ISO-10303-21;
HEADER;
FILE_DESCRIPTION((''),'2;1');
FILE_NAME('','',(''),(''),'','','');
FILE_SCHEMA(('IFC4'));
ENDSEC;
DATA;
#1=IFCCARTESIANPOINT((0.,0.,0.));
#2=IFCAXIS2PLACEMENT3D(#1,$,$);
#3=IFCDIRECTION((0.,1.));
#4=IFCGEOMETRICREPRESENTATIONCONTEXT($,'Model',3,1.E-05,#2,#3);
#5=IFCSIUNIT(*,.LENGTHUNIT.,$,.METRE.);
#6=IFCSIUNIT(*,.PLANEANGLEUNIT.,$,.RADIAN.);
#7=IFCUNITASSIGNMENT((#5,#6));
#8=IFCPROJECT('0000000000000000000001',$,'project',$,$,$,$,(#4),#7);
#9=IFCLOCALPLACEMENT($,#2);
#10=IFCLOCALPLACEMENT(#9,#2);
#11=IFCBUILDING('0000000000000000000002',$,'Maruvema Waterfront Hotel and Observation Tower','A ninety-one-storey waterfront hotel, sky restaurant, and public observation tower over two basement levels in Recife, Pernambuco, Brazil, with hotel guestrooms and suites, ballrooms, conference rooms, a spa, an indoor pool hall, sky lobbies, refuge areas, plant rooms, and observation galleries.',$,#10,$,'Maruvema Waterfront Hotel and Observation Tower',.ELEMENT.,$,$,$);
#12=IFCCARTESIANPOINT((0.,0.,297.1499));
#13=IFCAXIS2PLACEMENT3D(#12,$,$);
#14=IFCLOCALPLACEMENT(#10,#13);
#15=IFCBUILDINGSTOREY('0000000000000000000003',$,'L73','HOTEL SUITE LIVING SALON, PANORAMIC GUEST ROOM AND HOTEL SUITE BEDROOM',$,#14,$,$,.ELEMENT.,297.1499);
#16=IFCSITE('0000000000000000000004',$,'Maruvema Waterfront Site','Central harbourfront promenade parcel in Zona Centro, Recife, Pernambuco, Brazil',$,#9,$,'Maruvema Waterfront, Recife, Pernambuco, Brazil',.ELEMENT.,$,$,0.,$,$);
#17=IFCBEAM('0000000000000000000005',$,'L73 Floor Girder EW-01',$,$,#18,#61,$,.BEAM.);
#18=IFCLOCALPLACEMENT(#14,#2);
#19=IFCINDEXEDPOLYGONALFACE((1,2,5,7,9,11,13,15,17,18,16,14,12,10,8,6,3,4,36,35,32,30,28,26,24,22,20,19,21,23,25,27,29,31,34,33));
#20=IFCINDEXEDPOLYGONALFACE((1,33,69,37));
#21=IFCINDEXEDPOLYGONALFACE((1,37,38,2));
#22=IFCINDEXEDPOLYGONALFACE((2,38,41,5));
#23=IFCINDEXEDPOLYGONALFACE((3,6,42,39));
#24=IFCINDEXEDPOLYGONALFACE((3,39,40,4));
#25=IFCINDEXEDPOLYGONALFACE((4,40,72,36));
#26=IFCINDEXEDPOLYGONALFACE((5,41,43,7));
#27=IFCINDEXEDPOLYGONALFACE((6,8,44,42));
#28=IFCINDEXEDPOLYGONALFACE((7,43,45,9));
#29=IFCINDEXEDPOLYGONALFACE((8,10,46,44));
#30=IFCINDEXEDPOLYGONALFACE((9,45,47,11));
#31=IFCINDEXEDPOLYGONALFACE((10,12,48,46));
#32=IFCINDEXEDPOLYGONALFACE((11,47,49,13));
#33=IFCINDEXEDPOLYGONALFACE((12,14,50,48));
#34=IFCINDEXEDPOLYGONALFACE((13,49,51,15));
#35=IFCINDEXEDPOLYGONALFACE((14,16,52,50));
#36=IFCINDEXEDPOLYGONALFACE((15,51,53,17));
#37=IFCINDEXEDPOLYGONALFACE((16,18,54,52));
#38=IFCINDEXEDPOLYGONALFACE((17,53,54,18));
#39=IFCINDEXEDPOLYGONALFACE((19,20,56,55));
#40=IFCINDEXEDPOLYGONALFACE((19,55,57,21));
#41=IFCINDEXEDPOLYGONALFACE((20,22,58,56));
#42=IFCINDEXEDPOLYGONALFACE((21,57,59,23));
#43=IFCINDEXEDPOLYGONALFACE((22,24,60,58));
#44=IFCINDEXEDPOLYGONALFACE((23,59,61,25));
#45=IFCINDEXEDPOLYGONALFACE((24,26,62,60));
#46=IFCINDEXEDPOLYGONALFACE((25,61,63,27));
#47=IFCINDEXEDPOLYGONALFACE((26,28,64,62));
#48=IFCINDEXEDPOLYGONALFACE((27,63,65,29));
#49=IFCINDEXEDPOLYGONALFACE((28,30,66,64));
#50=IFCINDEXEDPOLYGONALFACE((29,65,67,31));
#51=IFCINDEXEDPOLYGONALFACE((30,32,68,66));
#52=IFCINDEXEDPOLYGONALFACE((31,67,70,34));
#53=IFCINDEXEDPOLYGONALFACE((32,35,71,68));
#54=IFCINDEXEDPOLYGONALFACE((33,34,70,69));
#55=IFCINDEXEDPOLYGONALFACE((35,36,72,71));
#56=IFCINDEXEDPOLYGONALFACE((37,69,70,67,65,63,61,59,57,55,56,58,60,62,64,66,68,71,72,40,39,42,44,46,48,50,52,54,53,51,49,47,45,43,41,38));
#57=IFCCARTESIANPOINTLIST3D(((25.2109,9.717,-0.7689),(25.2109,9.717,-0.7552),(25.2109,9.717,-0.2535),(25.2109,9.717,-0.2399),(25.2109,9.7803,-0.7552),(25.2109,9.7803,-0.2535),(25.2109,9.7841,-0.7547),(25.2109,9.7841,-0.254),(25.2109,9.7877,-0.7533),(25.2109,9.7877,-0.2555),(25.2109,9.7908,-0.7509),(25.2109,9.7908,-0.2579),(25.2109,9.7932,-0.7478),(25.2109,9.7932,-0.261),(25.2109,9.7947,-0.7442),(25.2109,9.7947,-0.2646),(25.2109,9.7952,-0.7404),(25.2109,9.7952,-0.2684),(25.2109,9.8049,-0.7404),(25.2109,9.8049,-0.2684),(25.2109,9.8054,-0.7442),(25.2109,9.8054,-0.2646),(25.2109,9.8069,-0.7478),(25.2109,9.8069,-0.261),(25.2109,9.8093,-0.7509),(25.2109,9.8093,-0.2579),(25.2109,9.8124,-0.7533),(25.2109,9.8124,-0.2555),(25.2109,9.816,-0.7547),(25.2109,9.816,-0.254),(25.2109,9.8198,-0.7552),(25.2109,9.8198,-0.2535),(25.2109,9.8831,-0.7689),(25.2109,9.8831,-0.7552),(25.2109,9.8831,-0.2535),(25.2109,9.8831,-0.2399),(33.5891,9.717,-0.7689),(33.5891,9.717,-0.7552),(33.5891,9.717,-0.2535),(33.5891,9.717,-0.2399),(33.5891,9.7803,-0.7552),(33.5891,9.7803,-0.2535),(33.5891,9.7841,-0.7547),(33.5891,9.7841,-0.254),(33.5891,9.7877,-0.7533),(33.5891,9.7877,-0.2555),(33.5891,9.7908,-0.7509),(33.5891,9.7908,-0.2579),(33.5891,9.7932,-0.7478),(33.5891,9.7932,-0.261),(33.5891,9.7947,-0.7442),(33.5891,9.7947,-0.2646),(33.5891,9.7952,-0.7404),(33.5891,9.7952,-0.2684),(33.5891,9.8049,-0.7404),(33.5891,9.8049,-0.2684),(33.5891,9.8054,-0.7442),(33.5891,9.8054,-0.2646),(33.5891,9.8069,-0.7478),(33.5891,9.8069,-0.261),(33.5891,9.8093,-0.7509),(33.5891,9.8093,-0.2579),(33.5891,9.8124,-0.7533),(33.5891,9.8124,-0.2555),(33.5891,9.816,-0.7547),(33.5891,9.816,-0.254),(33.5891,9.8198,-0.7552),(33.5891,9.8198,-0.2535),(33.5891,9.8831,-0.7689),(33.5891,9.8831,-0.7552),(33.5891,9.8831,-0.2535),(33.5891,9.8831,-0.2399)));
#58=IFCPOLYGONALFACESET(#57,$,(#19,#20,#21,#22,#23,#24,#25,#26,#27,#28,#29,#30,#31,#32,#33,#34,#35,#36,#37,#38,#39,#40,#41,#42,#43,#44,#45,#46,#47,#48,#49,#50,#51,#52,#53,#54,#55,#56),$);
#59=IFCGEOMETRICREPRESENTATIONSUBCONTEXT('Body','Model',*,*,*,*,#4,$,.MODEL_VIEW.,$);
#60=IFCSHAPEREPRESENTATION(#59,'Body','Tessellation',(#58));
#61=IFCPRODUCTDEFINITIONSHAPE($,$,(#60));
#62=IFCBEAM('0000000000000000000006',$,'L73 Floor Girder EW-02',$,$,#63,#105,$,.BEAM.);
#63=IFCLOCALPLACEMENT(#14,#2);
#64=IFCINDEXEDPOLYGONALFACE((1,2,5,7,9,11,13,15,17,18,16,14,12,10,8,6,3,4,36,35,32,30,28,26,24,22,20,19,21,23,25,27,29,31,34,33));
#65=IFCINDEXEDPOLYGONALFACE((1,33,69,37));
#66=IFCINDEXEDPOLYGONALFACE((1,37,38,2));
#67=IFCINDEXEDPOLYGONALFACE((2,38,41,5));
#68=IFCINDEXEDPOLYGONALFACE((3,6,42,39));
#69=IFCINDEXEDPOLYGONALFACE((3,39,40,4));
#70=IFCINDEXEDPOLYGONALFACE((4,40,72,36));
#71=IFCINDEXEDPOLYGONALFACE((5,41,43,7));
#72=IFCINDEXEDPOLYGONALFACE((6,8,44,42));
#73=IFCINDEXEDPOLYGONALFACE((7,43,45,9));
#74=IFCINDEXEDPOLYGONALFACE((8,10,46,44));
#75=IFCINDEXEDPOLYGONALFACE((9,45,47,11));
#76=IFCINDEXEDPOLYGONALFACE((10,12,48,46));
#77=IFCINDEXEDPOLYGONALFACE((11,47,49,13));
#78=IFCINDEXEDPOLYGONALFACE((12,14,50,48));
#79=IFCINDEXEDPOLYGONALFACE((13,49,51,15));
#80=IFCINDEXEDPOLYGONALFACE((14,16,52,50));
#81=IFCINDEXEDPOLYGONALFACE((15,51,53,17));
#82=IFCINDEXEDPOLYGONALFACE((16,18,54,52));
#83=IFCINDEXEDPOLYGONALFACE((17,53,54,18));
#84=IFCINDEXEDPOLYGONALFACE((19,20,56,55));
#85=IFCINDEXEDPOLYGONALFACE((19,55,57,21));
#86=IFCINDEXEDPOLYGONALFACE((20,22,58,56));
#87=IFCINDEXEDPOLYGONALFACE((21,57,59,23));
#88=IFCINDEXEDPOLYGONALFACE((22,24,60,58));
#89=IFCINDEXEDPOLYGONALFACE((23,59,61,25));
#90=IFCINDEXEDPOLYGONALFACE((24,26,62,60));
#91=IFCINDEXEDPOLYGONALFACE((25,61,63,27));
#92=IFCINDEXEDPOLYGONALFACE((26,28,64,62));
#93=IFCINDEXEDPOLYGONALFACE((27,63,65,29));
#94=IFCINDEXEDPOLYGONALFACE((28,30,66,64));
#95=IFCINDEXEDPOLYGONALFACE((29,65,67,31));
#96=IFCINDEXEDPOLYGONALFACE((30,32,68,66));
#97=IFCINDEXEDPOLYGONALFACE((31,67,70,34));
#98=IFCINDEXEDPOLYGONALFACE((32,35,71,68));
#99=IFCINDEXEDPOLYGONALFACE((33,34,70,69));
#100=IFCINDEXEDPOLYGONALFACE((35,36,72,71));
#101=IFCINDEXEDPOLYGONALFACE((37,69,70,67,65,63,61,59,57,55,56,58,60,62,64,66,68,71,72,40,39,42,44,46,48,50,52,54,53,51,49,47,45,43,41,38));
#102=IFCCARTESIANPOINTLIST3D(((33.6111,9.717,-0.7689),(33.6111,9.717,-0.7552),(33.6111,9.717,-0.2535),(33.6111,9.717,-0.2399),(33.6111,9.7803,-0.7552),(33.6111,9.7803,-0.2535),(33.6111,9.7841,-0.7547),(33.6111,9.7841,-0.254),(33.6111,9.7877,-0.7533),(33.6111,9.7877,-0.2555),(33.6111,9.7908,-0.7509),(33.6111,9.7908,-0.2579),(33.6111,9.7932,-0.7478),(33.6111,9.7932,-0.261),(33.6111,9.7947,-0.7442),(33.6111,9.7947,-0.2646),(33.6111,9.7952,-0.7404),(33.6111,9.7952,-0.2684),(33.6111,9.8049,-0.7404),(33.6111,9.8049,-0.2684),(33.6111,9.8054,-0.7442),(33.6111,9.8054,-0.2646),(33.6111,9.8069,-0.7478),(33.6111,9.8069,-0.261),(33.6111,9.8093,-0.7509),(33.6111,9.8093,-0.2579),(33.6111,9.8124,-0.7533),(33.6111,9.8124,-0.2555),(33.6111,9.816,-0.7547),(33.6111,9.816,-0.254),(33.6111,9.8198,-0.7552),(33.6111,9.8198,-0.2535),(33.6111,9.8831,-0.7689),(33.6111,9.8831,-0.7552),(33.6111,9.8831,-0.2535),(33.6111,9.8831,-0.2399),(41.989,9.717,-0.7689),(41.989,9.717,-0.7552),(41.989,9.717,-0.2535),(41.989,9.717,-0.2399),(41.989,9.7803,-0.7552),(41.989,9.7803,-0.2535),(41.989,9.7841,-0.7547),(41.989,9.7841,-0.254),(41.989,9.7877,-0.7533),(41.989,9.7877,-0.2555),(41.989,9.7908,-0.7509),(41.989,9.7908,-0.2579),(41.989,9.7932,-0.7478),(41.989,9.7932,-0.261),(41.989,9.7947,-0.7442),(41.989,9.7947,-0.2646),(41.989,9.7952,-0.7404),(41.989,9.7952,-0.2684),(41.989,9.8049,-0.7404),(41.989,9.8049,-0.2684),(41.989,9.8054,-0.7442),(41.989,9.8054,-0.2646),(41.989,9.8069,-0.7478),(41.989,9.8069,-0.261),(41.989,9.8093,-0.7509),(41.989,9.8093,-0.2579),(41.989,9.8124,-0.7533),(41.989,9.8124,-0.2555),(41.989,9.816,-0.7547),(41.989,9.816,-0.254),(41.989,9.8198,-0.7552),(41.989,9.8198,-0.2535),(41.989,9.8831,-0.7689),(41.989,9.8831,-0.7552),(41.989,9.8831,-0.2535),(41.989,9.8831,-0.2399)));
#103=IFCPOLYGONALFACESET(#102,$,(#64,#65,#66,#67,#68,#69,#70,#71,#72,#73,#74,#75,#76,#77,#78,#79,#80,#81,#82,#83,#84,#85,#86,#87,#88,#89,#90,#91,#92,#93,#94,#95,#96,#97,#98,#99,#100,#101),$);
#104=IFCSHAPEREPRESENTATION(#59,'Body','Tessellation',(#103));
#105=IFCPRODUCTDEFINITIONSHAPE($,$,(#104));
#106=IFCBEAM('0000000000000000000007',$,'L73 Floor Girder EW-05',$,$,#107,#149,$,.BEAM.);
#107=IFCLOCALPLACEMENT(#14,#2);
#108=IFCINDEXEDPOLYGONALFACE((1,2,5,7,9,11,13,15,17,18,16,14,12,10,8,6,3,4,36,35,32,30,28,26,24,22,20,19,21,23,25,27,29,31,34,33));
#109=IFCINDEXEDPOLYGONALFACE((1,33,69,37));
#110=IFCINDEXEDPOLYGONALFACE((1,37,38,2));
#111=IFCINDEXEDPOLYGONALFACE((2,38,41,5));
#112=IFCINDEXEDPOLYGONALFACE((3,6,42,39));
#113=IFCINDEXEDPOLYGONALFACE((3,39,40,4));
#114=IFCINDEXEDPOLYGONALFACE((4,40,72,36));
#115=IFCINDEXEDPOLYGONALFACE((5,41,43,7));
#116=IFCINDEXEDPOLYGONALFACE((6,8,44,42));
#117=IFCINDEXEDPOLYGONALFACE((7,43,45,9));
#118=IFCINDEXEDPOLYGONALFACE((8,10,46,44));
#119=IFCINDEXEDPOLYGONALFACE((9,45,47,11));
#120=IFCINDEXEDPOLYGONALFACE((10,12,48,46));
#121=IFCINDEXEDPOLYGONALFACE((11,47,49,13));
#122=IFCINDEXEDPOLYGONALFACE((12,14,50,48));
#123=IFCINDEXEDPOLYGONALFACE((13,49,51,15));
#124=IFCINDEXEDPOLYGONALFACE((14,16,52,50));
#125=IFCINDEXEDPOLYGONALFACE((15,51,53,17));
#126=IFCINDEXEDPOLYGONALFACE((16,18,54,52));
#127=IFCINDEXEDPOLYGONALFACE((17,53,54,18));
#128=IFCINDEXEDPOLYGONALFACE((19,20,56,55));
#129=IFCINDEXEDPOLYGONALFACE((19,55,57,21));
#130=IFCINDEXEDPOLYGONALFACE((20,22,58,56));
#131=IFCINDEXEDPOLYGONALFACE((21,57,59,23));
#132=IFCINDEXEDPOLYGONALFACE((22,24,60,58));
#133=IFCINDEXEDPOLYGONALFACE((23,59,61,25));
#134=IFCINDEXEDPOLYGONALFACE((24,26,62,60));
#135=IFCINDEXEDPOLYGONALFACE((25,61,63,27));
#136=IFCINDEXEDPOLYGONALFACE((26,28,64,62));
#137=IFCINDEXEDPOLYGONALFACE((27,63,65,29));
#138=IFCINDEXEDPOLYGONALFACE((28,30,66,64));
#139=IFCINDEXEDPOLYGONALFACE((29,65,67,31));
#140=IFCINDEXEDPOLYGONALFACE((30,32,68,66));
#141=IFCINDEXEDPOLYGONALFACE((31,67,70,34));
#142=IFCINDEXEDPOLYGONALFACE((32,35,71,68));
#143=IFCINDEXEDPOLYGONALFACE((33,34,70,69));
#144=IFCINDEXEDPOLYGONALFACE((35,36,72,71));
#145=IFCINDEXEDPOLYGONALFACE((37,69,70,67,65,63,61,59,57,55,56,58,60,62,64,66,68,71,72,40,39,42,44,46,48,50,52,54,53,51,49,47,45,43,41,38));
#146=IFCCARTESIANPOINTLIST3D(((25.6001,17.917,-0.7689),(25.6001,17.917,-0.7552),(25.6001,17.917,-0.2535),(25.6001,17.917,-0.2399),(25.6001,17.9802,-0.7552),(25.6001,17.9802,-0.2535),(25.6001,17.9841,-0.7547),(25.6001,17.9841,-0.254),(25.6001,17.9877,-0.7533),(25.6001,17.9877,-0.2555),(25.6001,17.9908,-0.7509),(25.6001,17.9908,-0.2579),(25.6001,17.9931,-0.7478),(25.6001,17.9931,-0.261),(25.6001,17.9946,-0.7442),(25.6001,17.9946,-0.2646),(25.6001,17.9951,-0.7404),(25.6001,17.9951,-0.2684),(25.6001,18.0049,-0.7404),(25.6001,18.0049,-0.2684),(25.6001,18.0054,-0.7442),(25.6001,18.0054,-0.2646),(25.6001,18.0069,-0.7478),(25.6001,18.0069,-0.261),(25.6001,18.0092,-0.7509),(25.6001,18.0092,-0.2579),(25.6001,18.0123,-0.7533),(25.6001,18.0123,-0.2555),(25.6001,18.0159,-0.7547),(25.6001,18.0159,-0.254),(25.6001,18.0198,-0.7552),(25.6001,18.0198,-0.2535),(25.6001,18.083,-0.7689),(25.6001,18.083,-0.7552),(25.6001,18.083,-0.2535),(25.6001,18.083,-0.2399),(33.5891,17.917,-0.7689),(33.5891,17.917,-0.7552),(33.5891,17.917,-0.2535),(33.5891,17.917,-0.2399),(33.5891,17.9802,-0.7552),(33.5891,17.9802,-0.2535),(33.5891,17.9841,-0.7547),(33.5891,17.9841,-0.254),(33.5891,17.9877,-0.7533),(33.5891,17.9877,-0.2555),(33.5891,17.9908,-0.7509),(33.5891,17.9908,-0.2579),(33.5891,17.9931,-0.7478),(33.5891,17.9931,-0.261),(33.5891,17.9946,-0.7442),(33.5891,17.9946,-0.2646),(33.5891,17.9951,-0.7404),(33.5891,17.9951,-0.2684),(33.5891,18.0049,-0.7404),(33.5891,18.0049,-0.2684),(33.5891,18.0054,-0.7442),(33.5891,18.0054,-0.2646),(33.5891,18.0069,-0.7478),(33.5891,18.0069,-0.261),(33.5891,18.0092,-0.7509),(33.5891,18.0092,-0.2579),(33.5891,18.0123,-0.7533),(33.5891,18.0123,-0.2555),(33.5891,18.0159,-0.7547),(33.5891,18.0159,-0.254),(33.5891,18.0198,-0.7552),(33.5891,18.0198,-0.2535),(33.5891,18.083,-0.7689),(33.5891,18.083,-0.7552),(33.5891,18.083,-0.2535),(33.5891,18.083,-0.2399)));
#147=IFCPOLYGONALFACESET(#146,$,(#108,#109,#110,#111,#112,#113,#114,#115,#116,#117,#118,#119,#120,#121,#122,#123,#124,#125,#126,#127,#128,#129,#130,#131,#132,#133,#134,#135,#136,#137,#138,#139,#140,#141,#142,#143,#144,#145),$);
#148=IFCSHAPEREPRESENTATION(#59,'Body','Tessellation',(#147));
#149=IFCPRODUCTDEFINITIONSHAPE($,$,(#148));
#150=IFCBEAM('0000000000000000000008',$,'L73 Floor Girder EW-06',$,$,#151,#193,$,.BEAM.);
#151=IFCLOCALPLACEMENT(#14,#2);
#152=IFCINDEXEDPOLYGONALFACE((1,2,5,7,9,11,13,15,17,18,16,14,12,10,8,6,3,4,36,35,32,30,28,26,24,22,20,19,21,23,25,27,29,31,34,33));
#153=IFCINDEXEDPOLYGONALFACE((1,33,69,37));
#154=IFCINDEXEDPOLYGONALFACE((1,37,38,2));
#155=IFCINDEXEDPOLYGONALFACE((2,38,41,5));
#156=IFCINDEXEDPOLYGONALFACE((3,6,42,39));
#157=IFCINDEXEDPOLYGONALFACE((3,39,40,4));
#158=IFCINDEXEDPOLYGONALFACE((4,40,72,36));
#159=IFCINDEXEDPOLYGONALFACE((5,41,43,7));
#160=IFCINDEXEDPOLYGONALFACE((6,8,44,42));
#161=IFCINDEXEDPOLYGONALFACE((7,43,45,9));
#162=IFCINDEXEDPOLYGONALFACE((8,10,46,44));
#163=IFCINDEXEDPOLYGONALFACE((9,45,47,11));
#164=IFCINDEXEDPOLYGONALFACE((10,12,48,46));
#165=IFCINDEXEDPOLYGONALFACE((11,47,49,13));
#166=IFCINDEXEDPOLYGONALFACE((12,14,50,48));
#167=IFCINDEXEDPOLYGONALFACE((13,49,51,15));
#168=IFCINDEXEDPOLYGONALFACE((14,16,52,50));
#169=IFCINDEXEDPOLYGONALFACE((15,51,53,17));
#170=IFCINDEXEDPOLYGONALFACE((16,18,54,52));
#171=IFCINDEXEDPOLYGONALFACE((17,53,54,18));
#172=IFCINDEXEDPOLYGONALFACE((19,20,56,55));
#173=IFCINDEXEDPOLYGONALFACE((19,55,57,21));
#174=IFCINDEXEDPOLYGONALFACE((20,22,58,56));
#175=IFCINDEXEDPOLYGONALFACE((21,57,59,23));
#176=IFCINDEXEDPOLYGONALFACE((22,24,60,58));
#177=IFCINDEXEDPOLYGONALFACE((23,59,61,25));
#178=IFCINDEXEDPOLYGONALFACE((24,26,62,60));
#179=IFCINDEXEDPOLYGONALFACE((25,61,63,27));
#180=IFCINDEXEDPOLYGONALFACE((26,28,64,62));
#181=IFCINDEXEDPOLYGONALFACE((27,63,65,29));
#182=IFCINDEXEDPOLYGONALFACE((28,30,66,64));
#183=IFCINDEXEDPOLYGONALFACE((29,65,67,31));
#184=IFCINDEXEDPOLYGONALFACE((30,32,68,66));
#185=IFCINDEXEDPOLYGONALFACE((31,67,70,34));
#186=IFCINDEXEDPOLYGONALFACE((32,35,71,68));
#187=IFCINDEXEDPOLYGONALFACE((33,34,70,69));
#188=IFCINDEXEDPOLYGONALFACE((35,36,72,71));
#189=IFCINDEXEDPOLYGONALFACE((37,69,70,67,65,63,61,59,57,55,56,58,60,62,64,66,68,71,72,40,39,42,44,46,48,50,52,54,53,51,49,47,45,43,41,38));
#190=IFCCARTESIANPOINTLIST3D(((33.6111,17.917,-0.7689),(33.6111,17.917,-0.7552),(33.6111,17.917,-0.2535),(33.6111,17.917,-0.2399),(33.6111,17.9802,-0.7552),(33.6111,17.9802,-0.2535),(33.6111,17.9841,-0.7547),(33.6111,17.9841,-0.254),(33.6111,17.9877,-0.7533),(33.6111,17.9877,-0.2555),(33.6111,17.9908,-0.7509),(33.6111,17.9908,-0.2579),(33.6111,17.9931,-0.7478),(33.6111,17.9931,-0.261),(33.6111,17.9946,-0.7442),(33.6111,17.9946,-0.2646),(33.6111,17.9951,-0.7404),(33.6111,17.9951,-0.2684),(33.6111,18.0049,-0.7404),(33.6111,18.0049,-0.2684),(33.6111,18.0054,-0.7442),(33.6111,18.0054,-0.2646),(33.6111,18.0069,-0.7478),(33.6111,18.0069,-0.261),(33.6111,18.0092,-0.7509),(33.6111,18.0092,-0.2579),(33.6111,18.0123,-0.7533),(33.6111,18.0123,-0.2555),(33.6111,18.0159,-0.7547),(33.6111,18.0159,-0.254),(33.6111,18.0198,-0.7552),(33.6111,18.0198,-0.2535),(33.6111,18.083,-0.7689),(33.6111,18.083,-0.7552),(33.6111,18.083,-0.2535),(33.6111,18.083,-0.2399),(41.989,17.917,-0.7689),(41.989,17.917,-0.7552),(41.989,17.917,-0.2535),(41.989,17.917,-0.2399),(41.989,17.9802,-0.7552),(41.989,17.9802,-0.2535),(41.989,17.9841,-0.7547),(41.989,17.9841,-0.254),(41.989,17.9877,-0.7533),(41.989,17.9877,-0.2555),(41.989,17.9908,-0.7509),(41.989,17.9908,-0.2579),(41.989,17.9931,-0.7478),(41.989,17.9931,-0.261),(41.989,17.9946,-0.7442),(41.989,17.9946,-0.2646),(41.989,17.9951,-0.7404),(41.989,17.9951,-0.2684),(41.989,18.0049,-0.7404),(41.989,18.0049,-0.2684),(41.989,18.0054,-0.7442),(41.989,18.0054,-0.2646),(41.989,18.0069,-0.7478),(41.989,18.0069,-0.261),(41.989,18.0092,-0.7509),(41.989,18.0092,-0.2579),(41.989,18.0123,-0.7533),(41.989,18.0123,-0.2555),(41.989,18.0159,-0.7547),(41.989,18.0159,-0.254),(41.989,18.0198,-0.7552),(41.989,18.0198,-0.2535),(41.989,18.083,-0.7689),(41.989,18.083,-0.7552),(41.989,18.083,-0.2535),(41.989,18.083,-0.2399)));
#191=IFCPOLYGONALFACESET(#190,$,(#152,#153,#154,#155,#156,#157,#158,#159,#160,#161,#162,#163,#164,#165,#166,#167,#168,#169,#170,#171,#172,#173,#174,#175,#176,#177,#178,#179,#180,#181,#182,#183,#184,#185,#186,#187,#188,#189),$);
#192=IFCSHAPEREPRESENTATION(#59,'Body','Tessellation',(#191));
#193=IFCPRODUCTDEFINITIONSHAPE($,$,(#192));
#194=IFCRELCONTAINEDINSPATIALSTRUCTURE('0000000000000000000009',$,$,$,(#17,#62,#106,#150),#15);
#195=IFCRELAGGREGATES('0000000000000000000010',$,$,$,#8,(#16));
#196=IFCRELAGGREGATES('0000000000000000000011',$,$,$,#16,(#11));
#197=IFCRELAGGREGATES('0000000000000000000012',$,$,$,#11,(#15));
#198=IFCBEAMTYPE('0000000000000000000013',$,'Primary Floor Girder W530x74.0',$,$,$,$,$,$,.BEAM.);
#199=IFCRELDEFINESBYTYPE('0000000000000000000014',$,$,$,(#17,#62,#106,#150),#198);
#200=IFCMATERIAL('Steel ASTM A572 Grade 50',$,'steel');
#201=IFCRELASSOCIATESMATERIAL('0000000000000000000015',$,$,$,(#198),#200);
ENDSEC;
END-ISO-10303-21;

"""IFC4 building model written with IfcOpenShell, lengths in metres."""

from ifc_helpers import new_model, si_unit, direction, frame, origin, origin_2d, place, context, subcontext, project, spatial, i_section, extrude, material, material_profile, profile_set, type_object, element, save


model = new_model("IFC4")

# Units and contexts
model_context = context("Model", 3, precision=1e-05, world=origin(), true_north=direction((0.0, 1.0)))
body_context = subcontext(model_context, "Body", "Model", "MODEL_VIEW")
ifc_project = project(units=[si_unit("LENGTHUNIT", "METRE"), si_unit("PLANEANGLEUNIT", "RADIAN")], contexts=[model_context])

# Site, building, storey
site_placement = place(None, origin())
site = spatial("IfcSite", under=ifc_project, at=site_placement, Name="Maruvema Waterfront Site", Description="Central harbourfront promenade parcel in Zona Centro, Recife, Pernambuco, Brazil", LongName="Maruvema Waterfront, Recife, Pernambuco, Brazil", CompositionType="ELEMENT", RefElevation=0.0)
building_placement = place(site_placement, origin())
building = spatial("IfcBuilding", under=site, at=building_placement, Name="Maruvema Waterfront Hotel and Observation Tower", Description="A ninety-one-storey waterfront hotel, sky restaurant, and public observation tower over two basement levels in Recife, Pernambuco, Brazil, with hotel guestrooms and suites, ballrooms, conference rooms, a spa, an indoor pool hall, sky lobbies, refuge areas, plant rooms, and observation galleries.", LongName="Maruvema Waterfront Hotel and Observation Tower", CompositionType="ELEMENT")
storey_placement = place(building_placement, frame((0.0, 0.0, 297.1499)))
storey = spatial("IfcBuildingStorey", under=building, at=storey_placement, Name="L73", Description="HOTEL SUITE LIVING SALON, PANORAMIC GUEST ROOM AND HOTEL SUITE BEDROOM", CompositionType="ELEMENT", Elevation=297.1499)

# Beams
ifc_material_1 = material(Name="Steel ASTM A572 Grade 50", Category="steel")
ifc_material_profile_1 = material_profile(ifc_material_1, i_section(OverallWidth=0.166, OverallDepth=0.5291, WebThickness=0.0098, FlangeThickness=0.0137, FilletRadius=0.0149, at=origin_2d()), Name="W530x74.0")
ifc_profile_set_1 = profile_set([ifc_material_profile_1], Name="Steel ASTM A572 Grade 50")
beam_type_1 = type_object("IfcBeamType", Name="Primary Floor Girder W530x74.0", PredefinedType="BEAM", material=ifc_profile_set_1)
beam_1_placement = place(storey_placement, frame((25.2109, 9.8, -0.5044), z_axis=(1.0, 0.0, 0.0), x_axis=(0.0, 1.0, 0.0)))
element("IfcBeam", 1, at=beam_1_placement, inside=storey, type_object=beam_type_1, Name="L73 Floor Girder EW-01", PredefinedType="BEAM", context=body_context, shape_type="SweptSolid", body=[
    extrude(i_section(OverallWidth=0.166, OverallDepth=0.5291, WebThickness=0.0098, FlangeThickness=0.0137, FilletRadius=0.0149, at=origin_2d()), origin(), (0.0, 0.0, 1.0), 8.3782),
])
beam_2_placement = place(storey_placement, frame((33.6111, 9.8, -0.5044), z_axis=(1.0, 0.0, 0.0), x_axis=(0.0, 1.0, 0.0)))
element("IfcBeam", 2, at=beam_2_placement, inside=storey, type_object=beam_type_1, Name="L73 Floor Girder EW-02", PredefinedType="BEAM", context=body_context, shape_type="SweptSolid", body=[
    extrude(i_section(OverallWidth=0.166, OverallDepth=0.5291, WebThickness=0.0098, FlangeThickness=0.0137, FilletRadius=0.0149, at=origin_2d()), origin(), (0.0, 0.0, 1.0), 8.3779),
])
beam_3_placement = place(storey_placement, frame((25.6001, 18.0, -0.5044), z_axis=(1.0, 0.0, 0.0), x_axis=(0.0, 1.0, 0.0)))
element("IfcBeam", 3, at=beam_3_placement, inside=storey, type_object=beam_type_1, Name="L73 Floor Girder EW-05", PredefinedType="BEAM", context=body_context, shape_type="SweptSolid", body=[
    extrude(i_section(OverallWidth=0.166, OverallDepth=0.5291, WebThickness=0.0098, FlangeThickness=0.0137, FilletRadius=0.0149, at=origin_2d()), origin(), (0.0, 0.0, 1.0), 7.989),
])
beam_4_placement = place(storey_placement, frame((33.6111, 18.0, -0.5044), z_axis=(1.0, 0.0, 0.0), x_axis=(0.0, 1.0, 0.0)))
element("IfcBeam", 4, at=beam_4_placement, inside=storey, type_object=beam_type_1, Name="L73 Floor Girder EW-06", PredefinedType="BEAM", context=body_context, shape_type="SweptSolid", body=[
    extrude(i_section(OverallWidth=0.166, OverallDepth=0.5291, WebThickness=0.0098, FlangeThickness=0.0137, FilletRadius=0.0149, at=origin_2d()), origin(), (0.0, 0.0, 1.0), 8.3779),
])

save(model, "model.ifc")
